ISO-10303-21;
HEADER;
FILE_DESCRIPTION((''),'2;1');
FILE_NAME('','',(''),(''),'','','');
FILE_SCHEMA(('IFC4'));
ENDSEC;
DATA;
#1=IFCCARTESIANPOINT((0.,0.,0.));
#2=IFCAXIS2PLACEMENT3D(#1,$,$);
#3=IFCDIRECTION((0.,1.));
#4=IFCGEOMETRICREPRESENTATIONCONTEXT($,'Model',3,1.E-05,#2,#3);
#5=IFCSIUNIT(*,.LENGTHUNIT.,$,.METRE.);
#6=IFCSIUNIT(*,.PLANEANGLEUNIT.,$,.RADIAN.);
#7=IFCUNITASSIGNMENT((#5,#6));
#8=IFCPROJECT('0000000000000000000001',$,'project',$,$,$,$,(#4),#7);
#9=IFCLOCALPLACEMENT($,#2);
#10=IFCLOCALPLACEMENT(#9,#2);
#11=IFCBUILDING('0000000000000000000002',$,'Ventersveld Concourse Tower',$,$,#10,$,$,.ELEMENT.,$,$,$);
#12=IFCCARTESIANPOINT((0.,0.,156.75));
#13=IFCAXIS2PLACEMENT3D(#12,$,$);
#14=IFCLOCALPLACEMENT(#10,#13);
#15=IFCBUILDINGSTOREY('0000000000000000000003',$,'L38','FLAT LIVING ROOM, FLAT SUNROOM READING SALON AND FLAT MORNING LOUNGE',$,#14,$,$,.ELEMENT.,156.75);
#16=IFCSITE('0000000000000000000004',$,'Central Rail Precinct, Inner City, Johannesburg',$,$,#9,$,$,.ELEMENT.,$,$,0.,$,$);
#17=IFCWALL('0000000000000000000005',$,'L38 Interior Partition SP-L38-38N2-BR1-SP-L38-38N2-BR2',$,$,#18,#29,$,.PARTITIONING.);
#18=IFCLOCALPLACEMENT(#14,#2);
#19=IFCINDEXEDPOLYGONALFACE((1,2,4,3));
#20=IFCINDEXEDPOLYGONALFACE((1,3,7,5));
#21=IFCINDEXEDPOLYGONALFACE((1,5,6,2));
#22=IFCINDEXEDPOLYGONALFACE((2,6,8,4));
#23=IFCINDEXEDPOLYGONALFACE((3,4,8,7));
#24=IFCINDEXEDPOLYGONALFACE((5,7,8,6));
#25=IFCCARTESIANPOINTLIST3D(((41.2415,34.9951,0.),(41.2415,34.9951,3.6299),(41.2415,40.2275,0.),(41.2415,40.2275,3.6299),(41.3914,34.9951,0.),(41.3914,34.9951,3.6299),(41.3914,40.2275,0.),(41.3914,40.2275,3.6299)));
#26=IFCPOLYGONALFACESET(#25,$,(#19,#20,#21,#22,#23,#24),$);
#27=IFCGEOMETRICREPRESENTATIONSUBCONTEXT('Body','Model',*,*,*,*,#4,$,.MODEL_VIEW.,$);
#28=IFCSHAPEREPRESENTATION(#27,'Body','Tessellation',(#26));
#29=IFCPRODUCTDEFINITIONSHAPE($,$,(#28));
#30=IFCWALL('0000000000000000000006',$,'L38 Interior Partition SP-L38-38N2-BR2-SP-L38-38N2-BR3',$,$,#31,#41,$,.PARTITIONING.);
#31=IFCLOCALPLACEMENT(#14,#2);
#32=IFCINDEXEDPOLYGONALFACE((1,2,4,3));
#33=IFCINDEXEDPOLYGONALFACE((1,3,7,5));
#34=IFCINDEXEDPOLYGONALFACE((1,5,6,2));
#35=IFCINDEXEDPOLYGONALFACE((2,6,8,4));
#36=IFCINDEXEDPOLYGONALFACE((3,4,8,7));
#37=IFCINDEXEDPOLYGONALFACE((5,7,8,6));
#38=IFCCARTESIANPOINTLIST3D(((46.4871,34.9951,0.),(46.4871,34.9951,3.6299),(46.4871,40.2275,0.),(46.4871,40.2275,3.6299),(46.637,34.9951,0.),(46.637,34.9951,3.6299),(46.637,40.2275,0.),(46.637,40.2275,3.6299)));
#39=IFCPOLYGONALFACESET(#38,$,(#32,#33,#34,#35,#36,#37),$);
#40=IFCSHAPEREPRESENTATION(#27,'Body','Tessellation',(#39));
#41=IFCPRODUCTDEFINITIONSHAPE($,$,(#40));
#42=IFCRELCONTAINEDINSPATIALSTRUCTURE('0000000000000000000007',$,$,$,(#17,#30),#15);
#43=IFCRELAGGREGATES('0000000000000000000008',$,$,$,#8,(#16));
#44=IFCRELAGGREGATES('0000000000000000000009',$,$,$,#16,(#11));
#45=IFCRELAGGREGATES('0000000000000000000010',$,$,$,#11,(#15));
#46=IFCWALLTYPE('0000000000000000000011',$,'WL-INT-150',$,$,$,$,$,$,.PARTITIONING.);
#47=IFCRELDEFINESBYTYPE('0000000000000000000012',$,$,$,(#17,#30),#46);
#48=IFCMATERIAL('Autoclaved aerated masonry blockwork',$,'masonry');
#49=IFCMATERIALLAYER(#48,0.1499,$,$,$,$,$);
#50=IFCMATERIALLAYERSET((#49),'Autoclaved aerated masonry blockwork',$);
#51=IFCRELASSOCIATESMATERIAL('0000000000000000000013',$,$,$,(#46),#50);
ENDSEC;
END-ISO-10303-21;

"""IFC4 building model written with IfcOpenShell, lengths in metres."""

from ifc_helpers import new_model, si_unit, direction, frame, frame_2d, origin, place, context, subcontext, project, spatial, rectangle, extrude, material, layer, layer_set, type_object, element, save


model = new_model("IFC4")

# Units and contexts
model_context = context("Model", 3, precision=1e-05, world=origin(), true_north=direction((0.0, 1.0)))
body_context = subcontext(model_context, "Body", "Model", "MODEL_VIEW")
ifc_project = project(units=[si_unit("LENGTHUNIT", "METRE"), si_unit("PLANEANGLEUNIT", "RADIAN")], contexts=[model_context])

# Site, building, storey
site_placement = place(None, origin())
site = spatial("IfcSite", under=ifc_project, at=site_placement, Name="Central Rail Precinct, Inner City, Johannesburg", CompositionType="ELEMENT", RefElevation=0.0)
building_placement = place(site_placement, origin())
building = spatial("IfcBuilding", under=site, at=building_placement, Name="Ventersveld Concourse Tower", CompositionType="ELEMENT")
storey_placement = place(building_placement, frame((0.0, 0.0, 156.75)))
storey = spatial("IfcBuildingStorey", under=building, at=storey_placement, Name="L38", Description="FLAT LIVING ROOM, FLAT SUNROOM READING SALON AND FLAT MORNING LOUNGE", CompositionType="ELEMENT", Elevation=156.75)

# Shared definitions
ifc_material_1 = material(Name="Autoclaved aerated masonry blockwork", Category="masonry")
ifc_layer = layer(ifc_material_1, 0.1499)
ifc_layer_set = layer_set([ifc_layer], Name="Autoclaved aerated masonry blockwork")
wall_type = type_object("IfcWallType", Name="WL-INT-150", PredefinedType="PARTITIONING", material=ifc_layer_set)

# Walls
for number, where, z_axis, x_axis, name in (
    (1, (41.3164, 34.9951, 0.0), (0.0, 0.0, 1.0), (0.0, 1.0, 0.0), "L38 Interior Partition SP-L38-38N2-BR1-SP-L38-38N2-BR2"),
    (2, (46.562, 34.9951, 0.0), (0.0, 0.0, 1.0), (0.0, 1.0, 0.0), "L38 Interior Partition SP-L38-38N2-BR2-SP-L38-38N2-BR3"),
):
    element("IfcWall", number, at=place(storey_placement, frame(where, z_axis=z_axis, x_axis=x_axis)), inside=storey, type_object=wall_type, Name=name, PredefinedType="PARTITIONING", context=body_context, shape_type="SweptSolid", body=[
        extrude(rectangle(XDim=5.2324, YDim=0.1499, at=frame_2d((2.6162, 0.0))), origin(), (0.0, 0.0, 1.0), 3.6299),
    ])

save(model, "model.ifc")
